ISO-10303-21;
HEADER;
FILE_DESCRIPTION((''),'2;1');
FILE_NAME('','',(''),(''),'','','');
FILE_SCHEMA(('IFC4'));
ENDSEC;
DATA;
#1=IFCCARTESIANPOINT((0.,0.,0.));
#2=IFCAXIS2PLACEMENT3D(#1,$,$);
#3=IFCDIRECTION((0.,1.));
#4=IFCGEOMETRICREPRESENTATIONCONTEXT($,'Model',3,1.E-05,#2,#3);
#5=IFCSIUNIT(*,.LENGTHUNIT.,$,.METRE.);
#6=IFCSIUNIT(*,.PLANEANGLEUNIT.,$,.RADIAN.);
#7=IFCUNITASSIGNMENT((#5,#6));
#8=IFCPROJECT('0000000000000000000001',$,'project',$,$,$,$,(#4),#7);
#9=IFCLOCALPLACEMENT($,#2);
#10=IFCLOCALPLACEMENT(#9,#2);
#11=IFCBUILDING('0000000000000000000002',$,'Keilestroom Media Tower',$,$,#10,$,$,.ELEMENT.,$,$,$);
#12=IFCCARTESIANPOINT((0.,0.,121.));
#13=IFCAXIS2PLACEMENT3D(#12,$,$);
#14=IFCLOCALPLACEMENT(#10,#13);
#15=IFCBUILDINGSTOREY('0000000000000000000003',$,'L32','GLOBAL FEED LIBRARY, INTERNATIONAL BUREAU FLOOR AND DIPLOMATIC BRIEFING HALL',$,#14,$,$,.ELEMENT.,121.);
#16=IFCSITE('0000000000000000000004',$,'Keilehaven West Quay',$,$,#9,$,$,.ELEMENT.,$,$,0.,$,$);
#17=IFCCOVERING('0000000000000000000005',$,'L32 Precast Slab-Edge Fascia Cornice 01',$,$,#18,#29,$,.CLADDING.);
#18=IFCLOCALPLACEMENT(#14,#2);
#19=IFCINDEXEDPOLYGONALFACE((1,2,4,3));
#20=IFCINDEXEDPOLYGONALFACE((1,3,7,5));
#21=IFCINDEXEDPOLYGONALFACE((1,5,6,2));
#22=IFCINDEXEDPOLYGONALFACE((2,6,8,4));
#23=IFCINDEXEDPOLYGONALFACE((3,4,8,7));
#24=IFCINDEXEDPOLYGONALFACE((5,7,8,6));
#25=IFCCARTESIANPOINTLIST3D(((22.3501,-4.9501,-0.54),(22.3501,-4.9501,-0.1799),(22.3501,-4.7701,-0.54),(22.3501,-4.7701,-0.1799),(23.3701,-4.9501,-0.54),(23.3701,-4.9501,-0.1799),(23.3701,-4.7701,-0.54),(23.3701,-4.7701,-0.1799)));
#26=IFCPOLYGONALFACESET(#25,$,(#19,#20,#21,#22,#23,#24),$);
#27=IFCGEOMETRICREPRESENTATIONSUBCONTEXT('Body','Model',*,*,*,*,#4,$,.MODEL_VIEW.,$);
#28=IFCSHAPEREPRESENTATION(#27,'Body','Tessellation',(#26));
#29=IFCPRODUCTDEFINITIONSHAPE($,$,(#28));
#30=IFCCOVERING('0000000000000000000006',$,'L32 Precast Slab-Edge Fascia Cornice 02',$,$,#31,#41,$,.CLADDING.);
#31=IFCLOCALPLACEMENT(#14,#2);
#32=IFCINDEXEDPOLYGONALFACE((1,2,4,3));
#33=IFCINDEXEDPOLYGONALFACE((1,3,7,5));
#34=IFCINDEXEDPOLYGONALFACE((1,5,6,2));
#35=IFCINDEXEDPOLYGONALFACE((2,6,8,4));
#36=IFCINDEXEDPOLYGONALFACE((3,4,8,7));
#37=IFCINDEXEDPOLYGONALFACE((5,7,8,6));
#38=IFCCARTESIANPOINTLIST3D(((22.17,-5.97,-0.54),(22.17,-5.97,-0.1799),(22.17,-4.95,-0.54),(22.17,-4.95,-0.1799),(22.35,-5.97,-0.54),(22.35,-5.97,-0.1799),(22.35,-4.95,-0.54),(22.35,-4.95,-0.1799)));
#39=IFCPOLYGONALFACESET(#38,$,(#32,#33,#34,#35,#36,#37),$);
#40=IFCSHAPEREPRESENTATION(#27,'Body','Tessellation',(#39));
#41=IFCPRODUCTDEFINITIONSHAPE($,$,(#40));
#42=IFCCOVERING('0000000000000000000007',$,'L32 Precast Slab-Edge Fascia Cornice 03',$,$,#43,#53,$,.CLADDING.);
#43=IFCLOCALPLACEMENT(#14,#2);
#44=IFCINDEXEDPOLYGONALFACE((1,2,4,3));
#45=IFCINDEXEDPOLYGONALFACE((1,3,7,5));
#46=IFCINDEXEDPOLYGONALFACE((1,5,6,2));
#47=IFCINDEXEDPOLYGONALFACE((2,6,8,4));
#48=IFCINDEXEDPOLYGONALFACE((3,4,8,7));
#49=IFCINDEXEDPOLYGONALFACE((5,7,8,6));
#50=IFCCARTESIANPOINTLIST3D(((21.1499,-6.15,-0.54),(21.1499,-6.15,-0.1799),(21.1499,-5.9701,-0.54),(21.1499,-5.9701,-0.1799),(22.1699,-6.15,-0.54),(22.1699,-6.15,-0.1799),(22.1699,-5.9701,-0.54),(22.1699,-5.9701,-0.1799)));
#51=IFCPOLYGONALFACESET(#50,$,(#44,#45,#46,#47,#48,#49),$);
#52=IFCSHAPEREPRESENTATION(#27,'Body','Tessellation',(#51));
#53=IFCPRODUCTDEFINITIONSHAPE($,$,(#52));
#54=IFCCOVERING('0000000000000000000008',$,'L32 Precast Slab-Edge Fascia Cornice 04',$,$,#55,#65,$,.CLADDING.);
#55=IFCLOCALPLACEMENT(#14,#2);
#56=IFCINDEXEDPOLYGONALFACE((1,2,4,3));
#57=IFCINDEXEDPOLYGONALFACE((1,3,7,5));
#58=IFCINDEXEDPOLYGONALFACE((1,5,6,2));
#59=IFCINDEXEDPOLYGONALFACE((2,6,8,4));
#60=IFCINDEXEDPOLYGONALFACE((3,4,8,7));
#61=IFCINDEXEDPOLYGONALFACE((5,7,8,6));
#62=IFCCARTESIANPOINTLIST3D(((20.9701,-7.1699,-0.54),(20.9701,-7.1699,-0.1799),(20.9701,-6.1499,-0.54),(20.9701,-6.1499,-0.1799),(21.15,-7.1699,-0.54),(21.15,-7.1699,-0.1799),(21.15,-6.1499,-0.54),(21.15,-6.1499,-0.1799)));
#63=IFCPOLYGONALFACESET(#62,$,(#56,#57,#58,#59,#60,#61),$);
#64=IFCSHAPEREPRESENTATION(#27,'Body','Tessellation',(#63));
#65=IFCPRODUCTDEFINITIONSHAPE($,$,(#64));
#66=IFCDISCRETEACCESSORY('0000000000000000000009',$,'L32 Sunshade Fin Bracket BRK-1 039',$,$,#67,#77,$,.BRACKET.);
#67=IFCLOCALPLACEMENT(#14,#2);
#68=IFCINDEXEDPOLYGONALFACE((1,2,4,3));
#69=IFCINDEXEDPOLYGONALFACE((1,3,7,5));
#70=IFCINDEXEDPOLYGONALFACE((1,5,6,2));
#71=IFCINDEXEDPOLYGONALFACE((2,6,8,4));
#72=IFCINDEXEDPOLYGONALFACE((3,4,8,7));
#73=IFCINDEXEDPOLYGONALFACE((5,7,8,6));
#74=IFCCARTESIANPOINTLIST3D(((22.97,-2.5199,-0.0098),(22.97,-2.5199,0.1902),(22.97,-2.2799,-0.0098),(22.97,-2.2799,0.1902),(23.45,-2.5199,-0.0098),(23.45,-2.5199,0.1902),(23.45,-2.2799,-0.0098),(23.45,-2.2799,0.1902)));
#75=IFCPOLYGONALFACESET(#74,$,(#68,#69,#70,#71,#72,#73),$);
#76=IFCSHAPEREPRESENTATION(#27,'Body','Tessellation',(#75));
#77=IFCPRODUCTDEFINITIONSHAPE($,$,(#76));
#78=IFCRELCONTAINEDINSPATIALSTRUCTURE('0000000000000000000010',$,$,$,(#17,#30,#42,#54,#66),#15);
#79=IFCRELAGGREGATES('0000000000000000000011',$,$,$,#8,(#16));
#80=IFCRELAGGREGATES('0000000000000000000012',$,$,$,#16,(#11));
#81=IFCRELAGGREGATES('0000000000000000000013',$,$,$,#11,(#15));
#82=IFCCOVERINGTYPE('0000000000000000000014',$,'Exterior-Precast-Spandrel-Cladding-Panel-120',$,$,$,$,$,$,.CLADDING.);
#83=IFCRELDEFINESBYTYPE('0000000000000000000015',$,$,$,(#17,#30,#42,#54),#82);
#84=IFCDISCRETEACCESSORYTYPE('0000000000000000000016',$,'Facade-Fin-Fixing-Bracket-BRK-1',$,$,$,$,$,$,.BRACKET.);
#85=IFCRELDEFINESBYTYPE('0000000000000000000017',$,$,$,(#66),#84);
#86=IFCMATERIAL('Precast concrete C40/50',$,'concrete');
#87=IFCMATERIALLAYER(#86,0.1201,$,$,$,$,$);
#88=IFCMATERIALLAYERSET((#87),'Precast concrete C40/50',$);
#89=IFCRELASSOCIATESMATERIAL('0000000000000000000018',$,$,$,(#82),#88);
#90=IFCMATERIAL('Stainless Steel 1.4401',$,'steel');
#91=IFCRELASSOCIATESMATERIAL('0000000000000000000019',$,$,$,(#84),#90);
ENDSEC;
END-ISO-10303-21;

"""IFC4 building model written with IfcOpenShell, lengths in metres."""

from ifc_helpers import new_model, si_unit, direction, frame, origin, origin_2d, place, context, subcontext, project, spatial, rectangle, extrude, source, transform, mapped, material, layer, layer_set, type_object, element, save


model = new_model("IFC4")

# Units and contexts
model_context = context("Model", 3, precision=1e-05, world=origin(), true_north=direction((0.0, 1.0)))
body_context = subcontext(model_context, "Body", "Model", "MODEL_VIEW")
ifc_project = project(units=[si_unit("LENGTHUNIT", "METRE"), si_unit("PLANEANGLEUNIT", "RADIAN")], contexts=[model_context])

# Site, building, storey
site_placement = place(None, origin())
site = spatial("IfcSite", under=ifc_project, at=site_placement, Name="Keilehaven West Quay", CompositionType="ELEMENT", RefElevation=0.0)
building_placement = place(site_placement, origin())
building = spatial("IfcBuilding", under=site, at=building_placement, Name="Keilestroom Media Tower", CompositionType="ELEMENT")
storey_placement = place(building_placement, frame((0.0, 0.0, 121.0)))
storey = spatial("IfcBuildingStorey", under=building, at=storey_placement, Name="L32", Description="GLOBAL FEED LIBRARY, INTERNATIONAL BUREAU FLOOR AND DIPLOMATIC BRIEFING HALL", CompositionType="ELEMENT", Elevation=121.0)

# Shared definitions
ifc_material_1 = material(Name="Precast concrete C40/50", Category="concrete")

# Coverings
ifc_layer_1 = layer(ifc_material_1, 0.1201)
ifc_layer_set_1 = layer_set([ifc_layer_1], Name="Precast concrete C40/50")
covering_type = type_object("IfcCoveringType", Name="Exterior-Precast-Spandrel-Cladding-Panel-120", PredefinedType="CLADDING", material=ifc_layer_set_1)
shared_shape_1 = source(origin(), body_context, "Body", "SweptSolid", [
    extrude(rectangle(XDim=1.02, YDim=0.1799, at=origin_2d()), origin(), (0.0, 0.0, 1.0), 0.3601),
])
for number, where, z_axis, x_axis, name in (
    (1, (22.8601, -4.8601, -0.54), (0.0, 0.0, 1.0), (-1.0, 0.0, 0.0), "L32 Precast Slab-Edge Fascia Cornice 01"),
    (2, (22.26, -5.46, -0.54), (0.0, 0.0, 1.0), (0.0, -1.0, 0.0), "L32 Precast Slab-Edge Fascia Cornice 02"),
    (3, (21.6599, -6.0601, -0.54), (0.0, 0.0, 1.0), (-1.0, 0.0, 0.0), "L32 Precast Slab-Edge Fascia Cornice 03"),
    (4, (21.0601, -6.6599, -0.54), (0.0, 0.0, 1.0), (0.0, -1.0, 0.0), "L32 Precast Slab-Edge Fascia Cornice 04"),
):
    element("IfcCovering", number, at=place(storey_placement, frame(where, z_axis=z_axis, x_axis=x_axis)), inside=storey, type_object=covering_type, Name=name, PredefinedType="CLADDING", context=body_context, shape_type="MappedRepresentation", body=[
        mapped(shared_shape_1, transform((0.0, 0.0, 0.0), x_axis=(1.0, 0.0, 0.0), y_axis=(0.0, 1.0, 0.0), z_axis=(0.0, 0.0, 1.0), scale=1.0)),
    ])

# Discrete accessory
ifc_material_2 = material(Name="Stainless Steel 1.4401", Category="steel")
discrete_accessory_type = type_object("IfcDiscreteAccessoryType", Name="Facade-Fin-Fixing-Bracket-BRK-1", PredefinedType="BRACKET", material=ifc_material_2)
shared_shape_2 = source(origin(), body_context, "Body", "SweptSolid", [
    extrude(rectangle(XDim=0.48, YDim=0.24, at=origin_2d()), origin(), (0.0, 0.0, 1.0), 0.2),
])
discrete_accessory_placement = place(storey_placement, frame((23.21, -2.3999, -0.0098), z_axis=(0.0, 0.0, 1.0), x_axis=(1.0, 0.0, 0.0)))
element("IfcDiscreteAccessory", 5, at=discrete_accessory_placement, inside=storey, type_object=discrete_accessory_type, Name="L32 Sunshade Fin Bracket BRK-1 039", PredefinedType="BRACKET", context=body_context, shape_type="MappedRepresentation", body=[
    mapped(shared_shape_2, transform((0.0, 0.0, 0.0), x_axis=(1.0, 0.0, 0.0), y_axis=(0.0, 1.0, 0.0), z_axis=(0.0, 0.0, 1.0), scale=1.0)),
])

save(model, "model.ifc")
